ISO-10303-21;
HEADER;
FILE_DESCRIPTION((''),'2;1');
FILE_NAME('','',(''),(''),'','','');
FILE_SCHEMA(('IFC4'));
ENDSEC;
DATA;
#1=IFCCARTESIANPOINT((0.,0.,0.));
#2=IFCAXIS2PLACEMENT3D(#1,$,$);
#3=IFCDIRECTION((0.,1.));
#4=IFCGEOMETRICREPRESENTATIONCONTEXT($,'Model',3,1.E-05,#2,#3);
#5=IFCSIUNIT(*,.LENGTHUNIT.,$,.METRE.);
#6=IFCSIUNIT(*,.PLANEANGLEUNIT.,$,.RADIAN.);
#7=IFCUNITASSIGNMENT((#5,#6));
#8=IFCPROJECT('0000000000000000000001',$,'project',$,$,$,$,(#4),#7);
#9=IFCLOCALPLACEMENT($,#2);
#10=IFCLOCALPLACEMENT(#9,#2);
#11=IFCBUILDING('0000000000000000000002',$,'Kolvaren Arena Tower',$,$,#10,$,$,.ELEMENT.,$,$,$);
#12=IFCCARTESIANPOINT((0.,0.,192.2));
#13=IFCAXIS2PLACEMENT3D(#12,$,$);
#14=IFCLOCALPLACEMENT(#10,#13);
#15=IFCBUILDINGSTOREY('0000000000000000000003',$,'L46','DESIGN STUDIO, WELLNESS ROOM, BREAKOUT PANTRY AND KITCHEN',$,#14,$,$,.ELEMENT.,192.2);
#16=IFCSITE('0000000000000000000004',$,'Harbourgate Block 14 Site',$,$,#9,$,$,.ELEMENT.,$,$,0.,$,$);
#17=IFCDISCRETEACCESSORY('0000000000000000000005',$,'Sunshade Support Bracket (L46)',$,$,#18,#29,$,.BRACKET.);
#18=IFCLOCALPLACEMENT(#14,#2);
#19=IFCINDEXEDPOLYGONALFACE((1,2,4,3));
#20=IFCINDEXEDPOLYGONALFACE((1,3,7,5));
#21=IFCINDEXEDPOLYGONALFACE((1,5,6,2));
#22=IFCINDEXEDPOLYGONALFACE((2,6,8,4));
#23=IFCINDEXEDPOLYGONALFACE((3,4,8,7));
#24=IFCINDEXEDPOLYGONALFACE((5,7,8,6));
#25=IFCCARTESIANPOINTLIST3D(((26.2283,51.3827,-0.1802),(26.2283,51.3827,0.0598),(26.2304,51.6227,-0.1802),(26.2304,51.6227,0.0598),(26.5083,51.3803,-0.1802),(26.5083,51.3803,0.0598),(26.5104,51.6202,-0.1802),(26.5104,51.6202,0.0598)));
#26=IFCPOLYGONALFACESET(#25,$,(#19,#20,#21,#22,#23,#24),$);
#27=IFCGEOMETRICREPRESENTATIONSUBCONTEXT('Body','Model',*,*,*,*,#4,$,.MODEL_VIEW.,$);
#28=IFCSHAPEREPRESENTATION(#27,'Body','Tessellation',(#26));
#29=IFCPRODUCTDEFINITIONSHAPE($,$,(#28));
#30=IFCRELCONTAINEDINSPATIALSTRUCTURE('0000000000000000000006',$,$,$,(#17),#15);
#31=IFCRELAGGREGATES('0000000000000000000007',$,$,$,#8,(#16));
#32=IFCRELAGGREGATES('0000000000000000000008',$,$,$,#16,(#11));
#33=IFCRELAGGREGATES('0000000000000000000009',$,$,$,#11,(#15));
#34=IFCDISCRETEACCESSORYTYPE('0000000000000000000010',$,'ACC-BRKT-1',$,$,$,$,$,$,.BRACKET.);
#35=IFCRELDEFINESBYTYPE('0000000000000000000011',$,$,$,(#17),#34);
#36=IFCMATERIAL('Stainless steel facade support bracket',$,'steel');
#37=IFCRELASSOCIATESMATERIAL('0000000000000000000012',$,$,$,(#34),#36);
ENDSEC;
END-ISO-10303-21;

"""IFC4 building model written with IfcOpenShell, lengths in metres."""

from ifc_helpers import new_model, si_unit, direction, frame, origin, origin_2d, place, context, subcontext, project, spatial, rectangle, extrude, material, type_object, element, save


model = new_model("IFC4")

# Units and contexts
model_context = context("Model", 3, precision=1e-05, world=origin(), true_north=direction((0.0, 1.0)))
body_context = subcontext(model_context, "Body", "Model", "MODEL_VIEW")
ifc_project = project(units=[si_unit("LENGTHUNIT", "METRE"), si_unit("PLANEANGLEUNIT", "RADIAN")], contexts=[model_context])

# Site, building, storey
site_placement = place(None, origin())
site = spatial("IfcSite", under=ifc_project, at=site_placement, Name="Harbourgate Block 14 Site", CompositionType="ELEMENT", RefElevation=0.0)
building_placement = place(site_placement, origin())
building = spatial("IfcBuilding", under=site, at=building_placement, Name="Kolvaren Arena Tower", CompositionType="ELEMENT")
storey_placement = place(building_placement, frame((0.0, 0.0, 192.2)))
storey = spatial("IfcBuildingStorey", under=building, at=storey_placement, Name="L46", Description="DESIGN STUDIO, WELLNESS ROOM, BREAKOUT PANTRY AND KITCHEN", CompositionType="ELEMENT", Elevation=192.2)

# Discrete accessory
ifc_material_1 = material(Name="Stainless steel facade support bracket", Category="steel")
discrete_accessory_type = type_object("IfcDiscreteAccessoryType", Name="ACC-BRKT-1", PredefinedType="BRACKET", material=ifc_material_1)
for number, where, z_axis, x_axis, name in (
    (1, (26.3694, 51.5015, -0.1802), (0.0, 0.0, 1.0), (0.999962, -0.008727, 0.0), "Sunshade Support Bracket (L46)"),
):
    element("IfcDiscreteAccessory", number, at=place(storey_placement, frame(where, z_axis=z_axis, x_axis=x_axis)), inside=storey, type_object=discrete_accessory_type, Name=name, PredefinedType="BRACKET", context=body_context, shape_type="SweptSolid", body=[
        extrude(rectangle(XDim=0.28, YDim=0.24, at=origin_2d()), origin(), (0.0, 0.0, 1.0), 0.24),
    ])

save(model, "model.ifc")
